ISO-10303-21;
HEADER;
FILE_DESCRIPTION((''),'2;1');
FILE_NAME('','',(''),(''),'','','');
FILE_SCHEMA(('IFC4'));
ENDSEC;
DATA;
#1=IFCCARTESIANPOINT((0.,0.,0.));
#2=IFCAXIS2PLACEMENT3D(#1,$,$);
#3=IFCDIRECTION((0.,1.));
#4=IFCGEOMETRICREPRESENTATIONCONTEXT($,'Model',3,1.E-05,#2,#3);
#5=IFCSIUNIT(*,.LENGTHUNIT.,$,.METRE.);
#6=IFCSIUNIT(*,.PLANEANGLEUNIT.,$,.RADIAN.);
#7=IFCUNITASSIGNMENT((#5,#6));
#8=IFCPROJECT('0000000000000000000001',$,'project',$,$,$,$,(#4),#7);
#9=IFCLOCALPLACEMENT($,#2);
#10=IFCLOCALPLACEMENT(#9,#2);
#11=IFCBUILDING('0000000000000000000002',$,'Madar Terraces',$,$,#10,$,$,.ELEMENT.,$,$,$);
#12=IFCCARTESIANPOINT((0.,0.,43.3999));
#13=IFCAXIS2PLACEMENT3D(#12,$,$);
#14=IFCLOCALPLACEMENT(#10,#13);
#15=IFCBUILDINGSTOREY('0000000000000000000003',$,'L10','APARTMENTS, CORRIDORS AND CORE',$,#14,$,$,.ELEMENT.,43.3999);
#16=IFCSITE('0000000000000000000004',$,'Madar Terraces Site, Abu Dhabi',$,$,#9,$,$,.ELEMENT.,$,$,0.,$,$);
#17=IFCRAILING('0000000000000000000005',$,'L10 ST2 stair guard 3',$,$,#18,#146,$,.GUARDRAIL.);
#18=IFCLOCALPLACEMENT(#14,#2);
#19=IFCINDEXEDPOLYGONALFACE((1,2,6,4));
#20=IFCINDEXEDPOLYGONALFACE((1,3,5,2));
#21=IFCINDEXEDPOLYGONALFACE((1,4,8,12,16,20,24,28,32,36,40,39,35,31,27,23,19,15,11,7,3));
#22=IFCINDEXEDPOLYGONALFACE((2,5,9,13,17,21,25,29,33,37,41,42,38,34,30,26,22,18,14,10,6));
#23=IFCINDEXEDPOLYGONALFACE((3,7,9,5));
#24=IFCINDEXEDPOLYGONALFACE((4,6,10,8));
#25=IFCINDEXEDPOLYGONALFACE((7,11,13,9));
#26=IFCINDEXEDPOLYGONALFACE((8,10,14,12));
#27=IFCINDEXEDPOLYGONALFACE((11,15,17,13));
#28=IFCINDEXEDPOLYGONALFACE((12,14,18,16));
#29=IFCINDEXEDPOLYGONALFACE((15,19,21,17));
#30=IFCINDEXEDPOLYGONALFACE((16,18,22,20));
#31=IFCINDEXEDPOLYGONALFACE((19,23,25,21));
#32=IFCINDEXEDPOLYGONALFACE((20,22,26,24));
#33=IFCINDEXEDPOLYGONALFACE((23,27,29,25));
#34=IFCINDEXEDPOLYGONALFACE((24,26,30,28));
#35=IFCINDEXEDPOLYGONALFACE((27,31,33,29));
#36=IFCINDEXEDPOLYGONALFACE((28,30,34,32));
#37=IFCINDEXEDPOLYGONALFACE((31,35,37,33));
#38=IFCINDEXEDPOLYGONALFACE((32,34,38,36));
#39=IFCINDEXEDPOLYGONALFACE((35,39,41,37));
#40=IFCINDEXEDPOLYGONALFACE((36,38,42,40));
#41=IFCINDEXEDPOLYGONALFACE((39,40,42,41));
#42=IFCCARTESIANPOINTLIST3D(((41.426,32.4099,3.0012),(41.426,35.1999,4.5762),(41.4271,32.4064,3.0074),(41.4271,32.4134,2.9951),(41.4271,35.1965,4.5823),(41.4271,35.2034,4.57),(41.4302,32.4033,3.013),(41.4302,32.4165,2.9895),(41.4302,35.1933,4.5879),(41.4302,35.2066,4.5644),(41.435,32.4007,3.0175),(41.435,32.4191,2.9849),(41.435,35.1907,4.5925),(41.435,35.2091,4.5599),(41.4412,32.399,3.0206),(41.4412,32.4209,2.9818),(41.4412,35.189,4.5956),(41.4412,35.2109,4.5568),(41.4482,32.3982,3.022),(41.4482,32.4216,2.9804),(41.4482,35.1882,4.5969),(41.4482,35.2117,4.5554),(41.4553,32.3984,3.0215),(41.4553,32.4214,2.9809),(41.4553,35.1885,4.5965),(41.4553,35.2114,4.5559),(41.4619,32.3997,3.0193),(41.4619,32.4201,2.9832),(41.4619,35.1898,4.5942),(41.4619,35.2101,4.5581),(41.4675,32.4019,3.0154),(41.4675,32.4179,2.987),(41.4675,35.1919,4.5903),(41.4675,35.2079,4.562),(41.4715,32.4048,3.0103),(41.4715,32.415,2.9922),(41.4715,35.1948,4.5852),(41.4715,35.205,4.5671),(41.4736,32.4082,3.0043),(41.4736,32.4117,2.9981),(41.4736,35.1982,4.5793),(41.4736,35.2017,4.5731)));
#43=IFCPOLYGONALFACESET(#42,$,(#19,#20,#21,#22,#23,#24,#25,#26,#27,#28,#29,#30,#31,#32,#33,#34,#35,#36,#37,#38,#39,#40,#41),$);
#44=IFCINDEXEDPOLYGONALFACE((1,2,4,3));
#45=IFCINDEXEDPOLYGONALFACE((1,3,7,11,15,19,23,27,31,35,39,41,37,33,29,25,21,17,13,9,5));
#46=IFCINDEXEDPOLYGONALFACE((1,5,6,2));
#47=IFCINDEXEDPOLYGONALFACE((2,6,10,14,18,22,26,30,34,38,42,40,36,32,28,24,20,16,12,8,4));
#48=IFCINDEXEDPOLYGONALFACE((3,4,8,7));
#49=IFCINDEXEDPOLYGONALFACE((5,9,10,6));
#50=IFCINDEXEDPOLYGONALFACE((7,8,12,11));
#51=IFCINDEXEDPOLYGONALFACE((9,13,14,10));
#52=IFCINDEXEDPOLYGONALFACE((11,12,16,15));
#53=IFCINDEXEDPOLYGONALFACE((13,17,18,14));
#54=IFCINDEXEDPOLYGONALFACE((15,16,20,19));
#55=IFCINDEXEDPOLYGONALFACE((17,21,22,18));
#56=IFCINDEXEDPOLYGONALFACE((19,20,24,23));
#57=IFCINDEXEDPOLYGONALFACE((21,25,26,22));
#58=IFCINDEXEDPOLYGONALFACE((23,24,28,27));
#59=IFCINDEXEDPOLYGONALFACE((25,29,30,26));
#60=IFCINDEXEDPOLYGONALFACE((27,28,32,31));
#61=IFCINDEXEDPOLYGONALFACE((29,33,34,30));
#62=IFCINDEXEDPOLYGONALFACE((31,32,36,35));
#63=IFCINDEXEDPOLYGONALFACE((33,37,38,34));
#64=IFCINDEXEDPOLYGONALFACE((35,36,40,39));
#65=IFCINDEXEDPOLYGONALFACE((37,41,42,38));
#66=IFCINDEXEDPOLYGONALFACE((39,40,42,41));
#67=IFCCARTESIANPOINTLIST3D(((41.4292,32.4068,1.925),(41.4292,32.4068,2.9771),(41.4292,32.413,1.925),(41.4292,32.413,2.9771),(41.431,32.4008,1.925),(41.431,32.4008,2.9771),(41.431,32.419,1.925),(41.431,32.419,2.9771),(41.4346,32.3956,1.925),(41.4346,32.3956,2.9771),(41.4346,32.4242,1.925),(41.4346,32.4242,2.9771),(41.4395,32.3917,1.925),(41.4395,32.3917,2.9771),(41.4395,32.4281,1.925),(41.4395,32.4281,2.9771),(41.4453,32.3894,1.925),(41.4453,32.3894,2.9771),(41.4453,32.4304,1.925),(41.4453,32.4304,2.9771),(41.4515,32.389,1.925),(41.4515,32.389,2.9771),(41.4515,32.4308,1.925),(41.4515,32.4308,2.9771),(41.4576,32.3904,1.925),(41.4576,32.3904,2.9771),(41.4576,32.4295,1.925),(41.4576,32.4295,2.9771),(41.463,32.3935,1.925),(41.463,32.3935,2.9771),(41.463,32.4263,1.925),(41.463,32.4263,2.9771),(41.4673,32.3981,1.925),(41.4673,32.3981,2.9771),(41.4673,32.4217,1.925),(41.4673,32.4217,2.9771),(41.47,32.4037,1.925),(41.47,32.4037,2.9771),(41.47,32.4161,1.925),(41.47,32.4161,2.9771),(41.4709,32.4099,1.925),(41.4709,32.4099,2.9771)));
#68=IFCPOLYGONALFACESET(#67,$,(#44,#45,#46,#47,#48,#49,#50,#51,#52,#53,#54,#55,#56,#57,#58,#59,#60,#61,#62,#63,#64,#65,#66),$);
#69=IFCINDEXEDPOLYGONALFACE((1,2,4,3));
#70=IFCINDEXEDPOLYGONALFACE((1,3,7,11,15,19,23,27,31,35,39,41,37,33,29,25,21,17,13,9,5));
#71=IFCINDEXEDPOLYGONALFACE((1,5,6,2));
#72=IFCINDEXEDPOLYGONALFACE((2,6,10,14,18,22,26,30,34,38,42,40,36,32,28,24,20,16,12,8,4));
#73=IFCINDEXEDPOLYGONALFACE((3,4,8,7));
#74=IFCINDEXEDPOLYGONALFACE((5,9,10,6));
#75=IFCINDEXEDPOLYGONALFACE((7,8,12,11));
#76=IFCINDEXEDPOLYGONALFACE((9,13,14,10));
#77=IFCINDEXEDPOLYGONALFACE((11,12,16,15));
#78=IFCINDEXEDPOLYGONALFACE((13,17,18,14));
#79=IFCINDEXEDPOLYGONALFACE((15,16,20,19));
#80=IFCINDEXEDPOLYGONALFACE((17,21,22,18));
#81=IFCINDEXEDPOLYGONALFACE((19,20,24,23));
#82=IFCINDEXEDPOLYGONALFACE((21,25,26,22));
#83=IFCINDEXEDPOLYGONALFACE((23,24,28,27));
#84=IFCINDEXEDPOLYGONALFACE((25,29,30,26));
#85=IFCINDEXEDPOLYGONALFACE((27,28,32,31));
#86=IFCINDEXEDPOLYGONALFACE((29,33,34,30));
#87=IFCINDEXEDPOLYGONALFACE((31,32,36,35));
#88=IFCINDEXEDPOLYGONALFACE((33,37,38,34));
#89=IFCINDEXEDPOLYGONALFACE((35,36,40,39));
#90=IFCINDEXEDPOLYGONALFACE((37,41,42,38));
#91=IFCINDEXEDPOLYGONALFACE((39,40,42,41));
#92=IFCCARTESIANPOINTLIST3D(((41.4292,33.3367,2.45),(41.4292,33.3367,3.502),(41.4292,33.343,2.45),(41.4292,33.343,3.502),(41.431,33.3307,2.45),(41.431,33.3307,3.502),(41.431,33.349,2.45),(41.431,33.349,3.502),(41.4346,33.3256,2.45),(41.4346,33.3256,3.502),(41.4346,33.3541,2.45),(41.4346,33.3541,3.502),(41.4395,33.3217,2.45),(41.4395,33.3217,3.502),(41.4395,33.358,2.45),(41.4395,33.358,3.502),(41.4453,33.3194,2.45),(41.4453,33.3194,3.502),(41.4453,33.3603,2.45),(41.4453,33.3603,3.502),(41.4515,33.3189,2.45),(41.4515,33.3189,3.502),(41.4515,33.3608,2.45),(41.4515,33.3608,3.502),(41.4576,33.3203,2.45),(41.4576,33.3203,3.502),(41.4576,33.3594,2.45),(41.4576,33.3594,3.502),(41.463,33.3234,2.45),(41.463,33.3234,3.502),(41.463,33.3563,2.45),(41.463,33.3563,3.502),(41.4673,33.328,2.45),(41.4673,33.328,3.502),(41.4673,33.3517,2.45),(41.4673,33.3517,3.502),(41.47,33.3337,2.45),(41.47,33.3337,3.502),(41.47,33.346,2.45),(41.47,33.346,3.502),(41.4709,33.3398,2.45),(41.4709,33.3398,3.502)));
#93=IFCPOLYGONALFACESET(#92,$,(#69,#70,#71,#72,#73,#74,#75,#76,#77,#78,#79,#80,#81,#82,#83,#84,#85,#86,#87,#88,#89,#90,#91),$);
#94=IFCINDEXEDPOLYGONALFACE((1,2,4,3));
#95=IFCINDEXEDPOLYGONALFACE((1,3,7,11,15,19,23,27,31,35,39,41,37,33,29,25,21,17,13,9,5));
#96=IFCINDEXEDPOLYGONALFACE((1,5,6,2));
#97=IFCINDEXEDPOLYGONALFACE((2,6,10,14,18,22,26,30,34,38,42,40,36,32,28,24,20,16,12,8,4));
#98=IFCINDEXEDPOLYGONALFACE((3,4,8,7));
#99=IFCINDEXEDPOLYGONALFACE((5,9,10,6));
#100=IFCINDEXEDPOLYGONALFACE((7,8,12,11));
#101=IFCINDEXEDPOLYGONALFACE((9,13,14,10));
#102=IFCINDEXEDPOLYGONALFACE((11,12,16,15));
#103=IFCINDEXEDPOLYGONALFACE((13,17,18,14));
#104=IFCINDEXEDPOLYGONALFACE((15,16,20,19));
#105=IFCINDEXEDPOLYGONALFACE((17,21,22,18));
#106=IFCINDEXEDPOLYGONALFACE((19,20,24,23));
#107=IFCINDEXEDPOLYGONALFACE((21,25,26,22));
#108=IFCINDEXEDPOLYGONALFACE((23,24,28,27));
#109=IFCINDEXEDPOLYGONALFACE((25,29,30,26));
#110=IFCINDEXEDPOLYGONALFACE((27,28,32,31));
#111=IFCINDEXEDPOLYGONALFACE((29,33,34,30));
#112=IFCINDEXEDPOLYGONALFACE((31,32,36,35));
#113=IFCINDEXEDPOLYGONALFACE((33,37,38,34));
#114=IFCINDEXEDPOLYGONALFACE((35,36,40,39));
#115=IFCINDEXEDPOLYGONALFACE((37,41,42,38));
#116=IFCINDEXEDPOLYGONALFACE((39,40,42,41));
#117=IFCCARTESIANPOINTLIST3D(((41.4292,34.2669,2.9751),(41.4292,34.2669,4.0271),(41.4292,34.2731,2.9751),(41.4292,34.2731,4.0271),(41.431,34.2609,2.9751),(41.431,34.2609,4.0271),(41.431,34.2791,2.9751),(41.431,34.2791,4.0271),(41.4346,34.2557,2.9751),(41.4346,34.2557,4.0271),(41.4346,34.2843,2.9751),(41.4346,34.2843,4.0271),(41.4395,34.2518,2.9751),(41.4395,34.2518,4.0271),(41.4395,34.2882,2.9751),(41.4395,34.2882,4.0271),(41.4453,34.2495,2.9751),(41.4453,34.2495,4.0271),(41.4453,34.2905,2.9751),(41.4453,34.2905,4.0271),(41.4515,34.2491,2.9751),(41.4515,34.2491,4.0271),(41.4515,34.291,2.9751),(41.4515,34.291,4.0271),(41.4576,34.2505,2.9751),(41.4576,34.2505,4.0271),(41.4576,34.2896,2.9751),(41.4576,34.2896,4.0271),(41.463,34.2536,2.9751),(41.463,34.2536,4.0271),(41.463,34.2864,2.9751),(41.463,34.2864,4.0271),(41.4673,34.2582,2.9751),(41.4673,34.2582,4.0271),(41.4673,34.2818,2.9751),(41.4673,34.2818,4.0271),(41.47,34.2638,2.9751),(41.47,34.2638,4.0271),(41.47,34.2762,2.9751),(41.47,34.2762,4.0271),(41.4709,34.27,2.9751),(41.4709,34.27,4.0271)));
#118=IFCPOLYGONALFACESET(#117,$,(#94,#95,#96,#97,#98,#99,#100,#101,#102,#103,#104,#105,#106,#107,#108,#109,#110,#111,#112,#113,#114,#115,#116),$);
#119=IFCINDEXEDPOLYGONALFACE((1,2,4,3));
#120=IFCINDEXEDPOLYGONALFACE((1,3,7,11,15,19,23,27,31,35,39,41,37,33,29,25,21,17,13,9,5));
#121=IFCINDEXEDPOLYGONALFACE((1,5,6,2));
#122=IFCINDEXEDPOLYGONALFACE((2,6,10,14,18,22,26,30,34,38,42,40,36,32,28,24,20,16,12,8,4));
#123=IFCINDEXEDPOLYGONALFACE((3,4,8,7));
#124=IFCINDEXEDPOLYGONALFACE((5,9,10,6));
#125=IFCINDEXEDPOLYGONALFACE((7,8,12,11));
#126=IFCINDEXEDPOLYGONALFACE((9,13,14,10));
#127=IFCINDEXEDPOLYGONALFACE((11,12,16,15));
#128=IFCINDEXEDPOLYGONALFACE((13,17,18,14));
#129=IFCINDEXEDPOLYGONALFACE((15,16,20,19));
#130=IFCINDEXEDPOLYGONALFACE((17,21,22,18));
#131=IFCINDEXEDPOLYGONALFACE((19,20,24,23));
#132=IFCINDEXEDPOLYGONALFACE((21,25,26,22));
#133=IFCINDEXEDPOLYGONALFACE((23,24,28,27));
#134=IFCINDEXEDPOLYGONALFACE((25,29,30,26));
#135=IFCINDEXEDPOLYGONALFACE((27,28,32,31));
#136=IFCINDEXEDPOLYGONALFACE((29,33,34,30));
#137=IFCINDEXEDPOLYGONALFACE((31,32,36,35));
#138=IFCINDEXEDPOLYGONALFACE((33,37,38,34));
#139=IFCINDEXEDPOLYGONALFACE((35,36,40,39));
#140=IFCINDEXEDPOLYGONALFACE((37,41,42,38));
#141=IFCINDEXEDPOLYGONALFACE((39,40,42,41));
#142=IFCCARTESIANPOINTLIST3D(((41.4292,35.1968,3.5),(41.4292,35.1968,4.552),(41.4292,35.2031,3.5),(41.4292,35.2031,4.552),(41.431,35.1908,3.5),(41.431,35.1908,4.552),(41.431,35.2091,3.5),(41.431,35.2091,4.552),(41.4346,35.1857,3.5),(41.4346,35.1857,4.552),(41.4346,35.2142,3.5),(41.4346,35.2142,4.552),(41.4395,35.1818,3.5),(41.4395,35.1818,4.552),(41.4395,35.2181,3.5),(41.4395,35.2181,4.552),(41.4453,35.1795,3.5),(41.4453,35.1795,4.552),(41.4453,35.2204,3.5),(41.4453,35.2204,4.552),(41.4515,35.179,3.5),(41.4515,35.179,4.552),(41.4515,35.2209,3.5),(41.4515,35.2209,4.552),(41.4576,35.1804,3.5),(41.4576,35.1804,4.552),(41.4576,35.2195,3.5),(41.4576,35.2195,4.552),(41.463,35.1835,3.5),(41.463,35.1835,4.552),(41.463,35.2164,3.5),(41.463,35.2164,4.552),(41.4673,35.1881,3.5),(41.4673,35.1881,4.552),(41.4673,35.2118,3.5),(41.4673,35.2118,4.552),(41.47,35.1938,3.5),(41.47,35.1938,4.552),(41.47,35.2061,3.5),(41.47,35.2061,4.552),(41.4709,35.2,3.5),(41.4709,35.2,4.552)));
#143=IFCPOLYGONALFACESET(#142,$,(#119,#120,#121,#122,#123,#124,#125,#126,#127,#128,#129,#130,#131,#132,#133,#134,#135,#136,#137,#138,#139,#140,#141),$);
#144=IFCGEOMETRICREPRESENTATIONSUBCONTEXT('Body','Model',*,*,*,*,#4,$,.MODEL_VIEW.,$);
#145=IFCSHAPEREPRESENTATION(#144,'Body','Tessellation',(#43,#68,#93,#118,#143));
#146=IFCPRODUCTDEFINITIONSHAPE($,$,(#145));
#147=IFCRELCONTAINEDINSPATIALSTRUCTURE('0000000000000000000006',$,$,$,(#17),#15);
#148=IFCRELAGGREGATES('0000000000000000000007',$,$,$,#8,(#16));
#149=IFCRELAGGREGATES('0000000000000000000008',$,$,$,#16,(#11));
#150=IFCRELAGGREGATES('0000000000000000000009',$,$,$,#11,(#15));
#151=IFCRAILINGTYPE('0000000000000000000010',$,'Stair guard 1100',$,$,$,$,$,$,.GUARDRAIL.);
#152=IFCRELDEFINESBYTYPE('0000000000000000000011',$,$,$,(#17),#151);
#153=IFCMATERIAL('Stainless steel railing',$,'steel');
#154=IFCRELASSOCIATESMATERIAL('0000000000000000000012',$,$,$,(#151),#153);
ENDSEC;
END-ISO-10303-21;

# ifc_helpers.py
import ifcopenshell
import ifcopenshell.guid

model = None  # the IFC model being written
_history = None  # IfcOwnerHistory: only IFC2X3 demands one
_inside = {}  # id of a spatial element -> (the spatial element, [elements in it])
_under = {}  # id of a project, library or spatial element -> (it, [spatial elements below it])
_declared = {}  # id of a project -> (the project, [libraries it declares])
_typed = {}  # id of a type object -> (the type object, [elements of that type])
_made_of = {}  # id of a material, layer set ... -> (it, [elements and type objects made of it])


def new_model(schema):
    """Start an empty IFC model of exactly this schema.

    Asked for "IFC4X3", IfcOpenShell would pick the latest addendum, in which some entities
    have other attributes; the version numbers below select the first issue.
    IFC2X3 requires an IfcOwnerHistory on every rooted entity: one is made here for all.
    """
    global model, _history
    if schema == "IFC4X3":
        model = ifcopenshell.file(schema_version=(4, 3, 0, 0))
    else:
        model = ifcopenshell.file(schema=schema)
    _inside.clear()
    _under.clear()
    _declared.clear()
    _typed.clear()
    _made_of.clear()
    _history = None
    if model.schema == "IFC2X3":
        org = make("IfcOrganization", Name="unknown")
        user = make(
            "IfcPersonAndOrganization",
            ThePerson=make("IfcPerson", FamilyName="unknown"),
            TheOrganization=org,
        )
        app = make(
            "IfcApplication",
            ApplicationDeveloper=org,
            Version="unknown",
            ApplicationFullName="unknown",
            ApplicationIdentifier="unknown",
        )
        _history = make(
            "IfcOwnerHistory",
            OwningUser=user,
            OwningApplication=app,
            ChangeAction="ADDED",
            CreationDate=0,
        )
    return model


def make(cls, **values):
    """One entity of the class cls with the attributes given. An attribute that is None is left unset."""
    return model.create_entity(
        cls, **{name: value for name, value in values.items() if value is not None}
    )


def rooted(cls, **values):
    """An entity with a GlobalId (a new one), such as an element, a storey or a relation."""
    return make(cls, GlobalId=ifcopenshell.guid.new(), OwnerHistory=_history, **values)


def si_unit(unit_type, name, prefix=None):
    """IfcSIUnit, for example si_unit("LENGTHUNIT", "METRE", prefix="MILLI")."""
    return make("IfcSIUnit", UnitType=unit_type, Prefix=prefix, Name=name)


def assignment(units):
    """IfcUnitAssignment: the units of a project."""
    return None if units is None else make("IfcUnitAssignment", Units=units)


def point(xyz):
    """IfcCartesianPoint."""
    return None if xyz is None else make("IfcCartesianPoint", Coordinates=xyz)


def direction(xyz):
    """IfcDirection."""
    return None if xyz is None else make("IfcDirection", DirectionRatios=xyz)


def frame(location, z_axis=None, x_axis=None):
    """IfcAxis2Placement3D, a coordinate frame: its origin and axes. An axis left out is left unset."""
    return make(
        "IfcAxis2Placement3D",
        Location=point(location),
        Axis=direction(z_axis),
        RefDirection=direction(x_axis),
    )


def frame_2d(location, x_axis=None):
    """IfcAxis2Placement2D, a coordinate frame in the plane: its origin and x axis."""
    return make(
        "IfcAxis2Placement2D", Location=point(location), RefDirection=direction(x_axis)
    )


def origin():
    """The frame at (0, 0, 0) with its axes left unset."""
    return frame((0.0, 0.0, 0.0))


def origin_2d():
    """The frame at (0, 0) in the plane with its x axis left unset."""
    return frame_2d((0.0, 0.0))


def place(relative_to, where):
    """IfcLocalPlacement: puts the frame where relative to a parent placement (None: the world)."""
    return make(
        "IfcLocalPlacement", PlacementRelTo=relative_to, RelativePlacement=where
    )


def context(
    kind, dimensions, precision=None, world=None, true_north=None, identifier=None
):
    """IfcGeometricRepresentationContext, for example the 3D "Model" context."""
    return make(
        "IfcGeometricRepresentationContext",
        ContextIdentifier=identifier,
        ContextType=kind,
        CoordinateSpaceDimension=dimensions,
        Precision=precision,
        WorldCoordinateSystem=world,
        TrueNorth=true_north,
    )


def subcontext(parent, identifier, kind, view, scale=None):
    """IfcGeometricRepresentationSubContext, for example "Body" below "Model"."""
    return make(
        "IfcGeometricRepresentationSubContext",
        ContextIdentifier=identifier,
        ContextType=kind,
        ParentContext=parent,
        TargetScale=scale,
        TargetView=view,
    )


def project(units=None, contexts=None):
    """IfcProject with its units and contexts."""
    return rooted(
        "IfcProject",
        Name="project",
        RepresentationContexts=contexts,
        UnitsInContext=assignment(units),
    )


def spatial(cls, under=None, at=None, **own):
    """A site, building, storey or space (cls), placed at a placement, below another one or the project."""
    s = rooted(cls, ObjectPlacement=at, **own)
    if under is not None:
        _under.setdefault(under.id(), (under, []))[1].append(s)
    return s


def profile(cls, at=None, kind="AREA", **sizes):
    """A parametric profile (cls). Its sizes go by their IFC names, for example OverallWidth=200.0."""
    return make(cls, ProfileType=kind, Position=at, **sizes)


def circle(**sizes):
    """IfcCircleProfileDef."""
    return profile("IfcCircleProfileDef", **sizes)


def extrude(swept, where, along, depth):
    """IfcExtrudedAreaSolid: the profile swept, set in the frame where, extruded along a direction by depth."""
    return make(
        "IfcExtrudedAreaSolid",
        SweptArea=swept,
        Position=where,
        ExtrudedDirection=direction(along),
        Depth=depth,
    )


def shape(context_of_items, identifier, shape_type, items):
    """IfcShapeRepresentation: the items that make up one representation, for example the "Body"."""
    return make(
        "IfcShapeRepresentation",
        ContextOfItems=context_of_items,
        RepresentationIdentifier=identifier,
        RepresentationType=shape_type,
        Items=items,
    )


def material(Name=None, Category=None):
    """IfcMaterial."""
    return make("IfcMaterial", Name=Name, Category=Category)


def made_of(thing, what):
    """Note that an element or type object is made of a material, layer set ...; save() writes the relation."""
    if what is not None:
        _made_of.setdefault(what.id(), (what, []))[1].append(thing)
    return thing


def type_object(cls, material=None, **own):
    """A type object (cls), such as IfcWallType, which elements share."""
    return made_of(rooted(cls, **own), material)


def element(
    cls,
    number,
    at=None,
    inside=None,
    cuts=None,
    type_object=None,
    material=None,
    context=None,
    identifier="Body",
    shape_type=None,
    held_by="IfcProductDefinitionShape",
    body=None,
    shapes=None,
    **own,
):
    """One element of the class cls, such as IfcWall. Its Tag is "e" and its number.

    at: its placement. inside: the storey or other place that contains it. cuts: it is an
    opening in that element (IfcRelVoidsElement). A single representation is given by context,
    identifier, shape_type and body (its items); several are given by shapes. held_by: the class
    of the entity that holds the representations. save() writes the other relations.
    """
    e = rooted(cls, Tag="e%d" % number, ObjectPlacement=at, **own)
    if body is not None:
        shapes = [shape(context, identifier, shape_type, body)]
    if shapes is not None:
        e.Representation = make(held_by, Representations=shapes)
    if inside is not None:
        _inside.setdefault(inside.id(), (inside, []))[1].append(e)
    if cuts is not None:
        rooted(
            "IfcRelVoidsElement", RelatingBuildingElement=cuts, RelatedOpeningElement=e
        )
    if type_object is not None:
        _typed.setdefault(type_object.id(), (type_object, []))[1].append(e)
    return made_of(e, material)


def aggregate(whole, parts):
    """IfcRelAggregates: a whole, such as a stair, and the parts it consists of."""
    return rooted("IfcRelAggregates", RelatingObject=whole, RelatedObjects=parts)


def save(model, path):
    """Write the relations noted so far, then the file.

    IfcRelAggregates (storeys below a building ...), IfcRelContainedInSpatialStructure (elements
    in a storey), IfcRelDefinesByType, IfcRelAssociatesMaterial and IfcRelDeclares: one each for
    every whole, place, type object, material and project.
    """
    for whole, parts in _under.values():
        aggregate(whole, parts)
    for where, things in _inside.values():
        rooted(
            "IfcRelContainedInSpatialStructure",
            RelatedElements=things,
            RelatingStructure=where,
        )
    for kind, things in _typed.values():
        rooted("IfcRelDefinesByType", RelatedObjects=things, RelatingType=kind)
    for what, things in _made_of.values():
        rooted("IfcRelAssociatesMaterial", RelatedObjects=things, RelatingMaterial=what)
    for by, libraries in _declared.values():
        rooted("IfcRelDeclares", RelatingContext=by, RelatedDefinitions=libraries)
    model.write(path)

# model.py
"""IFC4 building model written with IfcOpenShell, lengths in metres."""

from ifc_helpers import new_model, si_unit, direction, frame, origin, origin_2d, place, context, subcontext, project, spatial, circle, extrude, material, type_object, element, save


model = new_model("IFC4")

# Units and contexts
model_context = context("Model", 3, precision=1e-05, world=origin(), true_north=direction((0.0, 1.0)))
body_context = subcontext(model_context, "Body", "Model", "MODEL_VIEW")
ifc_project = project(units=[si_unit("LENGTHUNIT", "METRE"), si_unit("PLANEANGLEUNIT", "RADIAN")], contexts=[model_context])

# Site, building, storey
site_placement = place(None, origin())
site = spatial("IfcSite", under=ifc_project, at=site_placement, Name="Madar Terraces Site, Abu Dhabi", CompositionType="ELEMENT", RefElevation=0.0)
building_placement = place(site_placement, origin())
building = spatial("IfcBuilding", under=site, at=building_placement, Name="Madar Terraces", CompositionType="ELEMENT")
storey_placement = place(building_placement, frame((0.0, 0.0, 43.3999)))
storey = spatial("IfcBuildingStorey", under=building, at=storey_placement, Name="L10", Description="APARTMENTS, CORRIDORS AND CORE", CompositionType="ELEMENT", Elevation=43.3999)

# Railing
ifc_material_1 = material(Name="Stainless steel railing", Category="steel")
railing_type_1 = type_object("IfcRailingType", Name="Stair guard 1100", PredefinedType="GUARDRAIL", material=ifc_material_1)
railing_1_placement = place(storey_placement, frame((41.45, 32.4099, 1.925)))
element("IfcRailing", 1, at=railing_1_placement, inside=storey, type_object=railing_type_1, Name="L10 ST2 stair guard 3", PredefinedType="GUARDRAIL", context=body_context, shape_type="SweptSolid", body=[
    extrude(circle(Radius=0.0239, at=origin_2d()), frame((0.0, 0.0, 1.0762), z_axis=(0.0, 0.870834, 0.491578), x_axis=(-1.0, 0.0, 0.0)), (0.0, 0.0, 1.0), 3.2039),
    extrude(circle(Radius=0.021, at=origin_2d()), origin(), (0.0, 0.0, 1.0), 1.052),
    extrude(circle(Radius=0.021, at=origin_2d()), frame((0.0, 0.9299, 0.5249)), (0.0, 0.0, 1.0), 1.052),
    extrude(circle(Radius=0.021, at=origin_2d()), frame((0.0, 1.8601, 1.05)), (0.0, 0.0, 1.0), 1.052),
    extrude(circle(Radius=0.021, at=origin_2d()), frame((0.0, 2.79, 1.575)), (0.0, 0.0, 1.0), 1.052),
])

save(model, "model.ifc")
